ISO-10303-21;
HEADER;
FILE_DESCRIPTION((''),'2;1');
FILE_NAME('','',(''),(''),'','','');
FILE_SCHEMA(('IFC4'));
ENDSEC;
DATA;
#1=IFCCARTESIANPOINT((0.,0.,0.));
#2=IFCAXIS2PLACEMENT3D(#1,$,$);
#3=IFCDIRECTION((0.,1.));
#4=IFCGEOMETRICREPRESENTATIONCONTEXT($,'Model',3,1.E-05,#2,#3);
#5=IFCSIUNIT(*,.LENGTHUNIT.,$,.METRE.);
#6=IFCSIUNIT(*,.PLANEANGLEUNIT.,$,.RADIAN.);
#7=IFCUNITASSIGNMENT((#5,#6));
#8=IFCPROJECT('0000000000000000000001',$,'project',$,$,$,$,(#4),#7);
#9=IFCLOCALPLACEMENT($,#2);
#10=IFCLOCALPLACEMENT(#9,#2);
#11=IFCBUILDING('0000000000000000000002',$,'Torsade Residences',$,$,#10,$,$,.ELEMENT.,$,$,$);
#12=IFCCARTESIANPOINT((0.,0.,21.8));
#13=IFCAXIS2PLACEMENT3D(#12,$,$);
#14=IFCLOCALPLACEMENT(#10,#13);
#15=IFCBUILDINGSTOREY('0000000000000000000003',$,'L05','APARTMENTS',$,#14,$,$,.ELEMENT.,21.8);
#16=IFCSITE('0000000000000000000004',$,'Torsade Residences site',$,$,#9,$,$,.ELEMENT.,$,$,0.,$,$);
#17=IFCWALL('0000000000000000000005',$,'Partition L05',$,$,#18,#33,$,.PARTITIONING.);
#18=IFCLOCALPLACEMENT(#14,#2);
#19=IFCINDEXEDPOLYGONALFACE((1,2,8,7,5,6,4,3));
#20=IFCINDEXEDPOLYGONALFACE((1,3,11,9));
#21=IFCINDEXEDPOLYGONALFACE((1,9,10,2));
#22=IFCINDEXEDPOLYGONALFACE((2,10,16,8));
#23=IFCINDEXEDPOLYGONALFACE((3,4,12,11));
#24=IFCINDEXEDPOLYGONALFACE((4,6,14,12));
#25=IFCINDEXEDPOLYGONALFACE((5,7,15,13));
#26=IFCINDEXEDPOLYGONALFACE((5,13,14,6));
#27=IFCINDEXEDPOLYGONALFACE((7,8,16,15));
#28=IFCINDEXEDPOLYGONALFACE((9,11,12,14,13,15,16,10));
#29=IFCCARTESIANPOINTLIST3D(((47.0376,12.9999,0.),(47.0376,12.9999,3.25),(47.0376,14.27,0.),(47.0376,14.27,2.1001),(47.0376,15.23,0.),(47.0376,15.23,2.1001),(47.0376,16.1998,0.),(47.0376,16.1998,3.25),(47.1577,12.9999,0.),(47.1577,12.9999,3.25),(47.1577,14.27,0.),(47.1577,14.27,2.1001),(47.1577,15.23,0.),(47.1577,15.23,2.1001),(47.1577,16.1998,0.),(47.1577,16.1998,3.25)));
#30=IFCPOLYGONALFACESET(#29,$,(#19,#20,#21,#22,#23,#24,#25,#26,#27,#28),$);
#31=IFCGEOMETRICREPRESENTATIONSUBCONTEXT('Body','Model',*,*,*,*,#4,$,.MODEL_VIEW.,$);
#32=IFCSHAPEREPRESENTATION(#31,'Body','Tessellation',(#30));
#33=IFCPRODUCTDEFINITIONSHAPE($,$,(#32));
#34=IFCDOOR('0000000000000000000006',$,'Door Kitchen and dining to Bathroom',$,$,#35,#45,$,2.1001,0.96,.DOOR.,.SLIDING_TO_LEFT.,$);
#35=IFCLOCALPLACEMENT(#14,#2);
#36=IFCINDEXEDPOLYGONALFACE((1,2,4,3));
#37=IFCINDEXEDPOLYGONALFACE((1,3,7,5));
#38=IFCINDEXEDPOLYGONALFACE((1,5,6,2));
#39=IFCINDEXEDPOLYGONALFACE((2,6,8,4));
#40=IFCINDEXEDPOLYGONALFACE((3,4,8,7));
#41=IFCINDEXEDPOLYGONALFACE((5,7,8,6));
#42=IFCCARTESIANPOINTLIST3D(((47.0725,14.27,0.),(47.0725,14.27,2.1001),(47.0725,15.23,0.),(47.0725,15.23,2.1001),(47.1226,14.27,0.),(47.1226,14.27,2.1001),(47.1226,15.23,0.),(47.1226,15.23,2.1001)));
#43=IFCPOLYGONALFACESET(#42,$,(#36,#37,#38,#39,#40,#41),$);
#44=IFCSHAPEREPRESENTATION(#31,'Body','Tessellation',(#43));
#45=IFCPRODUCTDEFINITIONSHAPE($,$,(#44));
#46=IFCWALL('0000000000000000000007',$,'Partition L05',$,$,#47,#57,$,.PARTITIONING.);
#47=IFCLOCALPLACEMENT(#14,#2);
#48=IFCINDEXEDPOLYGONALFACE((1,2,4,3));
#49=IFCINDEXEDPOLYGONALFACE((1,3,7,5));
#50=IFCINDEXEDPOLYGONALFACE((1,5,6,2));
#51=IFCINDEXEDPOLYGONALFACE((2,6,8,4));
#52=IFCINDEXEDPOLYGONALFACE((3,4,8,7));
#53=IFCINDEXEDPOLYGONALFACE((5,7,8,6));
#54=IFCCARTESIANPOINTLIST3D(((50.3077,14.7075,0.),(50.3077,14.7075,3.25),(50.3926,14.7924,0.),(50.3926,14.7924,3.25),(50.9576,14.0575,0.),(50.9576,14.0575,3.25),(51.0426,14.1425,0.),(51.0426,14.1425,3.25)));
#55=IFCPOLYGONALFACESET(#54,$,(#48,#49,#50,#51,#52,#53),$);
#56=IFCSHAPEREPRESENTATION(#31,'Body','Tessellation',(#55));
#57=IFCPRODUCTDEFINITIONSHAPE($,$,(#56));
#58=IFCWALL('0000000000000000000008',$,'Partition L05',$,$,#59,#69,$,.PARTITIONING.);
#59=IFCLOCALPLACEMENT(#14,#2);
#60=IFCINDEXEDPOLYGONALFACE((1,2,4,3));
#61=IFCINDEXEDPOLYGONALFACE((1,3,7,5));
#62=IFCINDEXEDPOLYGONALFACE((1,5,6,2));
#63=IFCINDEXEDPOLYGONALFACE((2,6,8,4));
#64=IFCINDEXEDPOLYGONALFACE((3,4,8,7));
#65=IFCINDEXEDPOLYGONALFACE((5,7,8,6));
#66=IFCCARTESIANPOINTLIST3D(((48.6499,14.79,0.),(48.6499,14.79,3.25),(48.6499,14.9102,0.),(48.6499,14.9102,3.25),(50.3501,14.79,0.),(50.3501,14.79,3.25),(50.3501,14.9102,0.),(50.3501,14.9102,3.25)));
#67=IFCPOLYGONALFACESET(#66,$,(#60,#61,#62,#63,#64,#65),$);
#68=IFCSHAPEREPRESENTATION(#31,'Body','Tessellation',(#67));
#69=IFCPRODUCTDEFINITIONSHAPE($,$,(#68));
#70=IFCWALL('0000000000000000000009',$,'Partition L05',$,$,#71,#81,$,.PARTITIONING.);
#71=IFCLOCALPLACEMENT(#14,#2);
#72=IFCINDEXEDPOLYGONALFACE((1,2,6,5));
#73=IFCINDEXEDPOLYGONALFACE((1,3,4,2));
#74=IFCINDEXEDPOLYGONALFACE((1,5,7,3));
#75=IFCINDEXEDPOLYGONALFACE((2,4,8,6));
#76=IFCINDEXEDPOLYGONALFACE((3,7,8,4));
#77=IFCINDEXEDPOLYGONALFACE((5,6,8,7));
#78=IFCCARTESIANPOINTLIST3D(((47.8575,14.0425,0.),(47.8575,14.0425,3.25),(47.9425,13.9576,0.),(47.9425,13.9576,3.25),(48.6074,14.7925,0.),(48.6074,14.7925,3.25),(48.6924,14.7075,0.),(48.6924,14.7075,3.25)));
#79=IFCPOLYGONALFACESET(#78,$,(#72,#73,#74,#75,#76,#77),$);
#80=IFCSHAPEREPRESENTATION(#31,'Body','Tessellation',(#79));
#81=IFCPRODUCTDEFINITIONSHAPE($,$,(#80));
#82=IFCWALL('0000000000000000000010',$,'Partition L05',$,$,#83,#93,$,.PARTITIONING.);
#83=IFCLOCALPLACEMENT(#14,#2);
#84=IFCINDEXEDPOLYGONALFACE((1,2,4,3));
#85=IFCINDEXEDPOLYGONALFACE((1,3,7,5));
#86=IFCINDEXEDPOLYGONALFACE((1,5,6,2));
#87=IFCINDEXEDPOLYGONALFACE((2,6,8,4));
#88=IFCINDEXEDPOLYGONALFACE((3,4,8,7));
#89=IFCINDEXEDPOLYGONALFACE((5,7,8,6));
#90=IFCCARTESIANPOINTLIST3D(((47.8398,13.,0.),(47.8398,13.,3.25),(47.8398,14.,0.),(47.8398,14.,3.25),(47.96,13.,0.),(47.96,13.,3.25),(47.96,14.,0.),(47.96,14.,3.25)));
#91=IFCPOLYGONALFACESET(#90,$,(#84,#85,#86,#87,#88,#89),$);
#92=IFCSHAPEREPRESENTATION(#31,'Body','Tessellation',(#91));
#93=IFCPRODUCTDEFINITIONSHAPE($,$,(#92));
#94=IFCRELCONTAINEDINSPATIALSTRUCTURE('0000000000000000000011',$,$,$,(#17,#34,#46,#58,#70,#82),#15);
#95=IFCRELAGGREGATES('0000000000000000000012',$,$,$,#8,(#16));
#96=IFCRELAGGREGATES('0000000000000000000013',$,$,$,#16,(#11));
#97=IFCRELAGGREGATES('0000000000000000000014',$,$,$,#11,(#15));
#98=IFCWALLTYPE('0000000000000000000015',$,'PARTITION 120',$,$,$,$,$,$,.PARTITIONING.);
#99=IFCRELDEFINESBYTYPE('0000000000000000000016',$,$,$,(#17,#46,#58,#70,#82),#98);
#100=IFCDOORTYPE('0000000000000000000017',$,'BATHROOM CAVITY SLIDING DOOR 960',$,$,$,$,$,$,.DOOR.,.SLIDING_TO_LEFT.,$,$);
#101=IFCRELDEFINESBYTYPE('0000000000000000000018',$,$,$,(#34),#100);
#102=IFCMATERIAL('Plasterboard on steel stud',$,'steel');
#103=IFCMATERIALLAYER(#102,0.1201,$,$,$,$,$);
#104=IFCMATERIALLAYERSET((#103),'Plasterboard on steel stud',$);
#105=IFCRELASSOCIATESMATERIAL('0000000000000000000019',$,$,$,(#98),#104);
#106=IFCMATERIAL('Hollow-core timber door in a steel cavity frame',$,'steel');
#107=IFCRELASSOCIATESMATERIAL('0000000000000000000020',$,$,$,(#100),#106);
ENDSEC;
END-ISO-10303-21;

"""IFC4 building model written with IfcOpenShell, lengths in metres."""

from ifc_helpers import new_model, si_unit, direction, frame, frame_2d, origin, place, context, subcontext, project, spatial, rectangle, extrude, material, layer, layer_set, type_object, element, fill, save


model = new_model("IFC4")

# Units and contexts
model_context = context("Model", 3, precision=1e-05, world=origin(), true_north=direction((0.0, 1.0)))
body_context = subcontext(model_context, "Body", "Model", "MODEL_VIEW")
ifc_project = project(units=[si_unit("LENGTHUNIT", "METRE"), si_unit("PLANEANGLEUNIT", "RADIAN")], contexts=[model_context])

# Site, building, storey
site_placement = place(None, origin())
site = spatial("IfcSite", under=ifc_project, at=site_placement, Name="Torsade Residences site", CompositionType="ELEMENT", RefElevation=0.0)
building_placement = place(site_placement, origin())
building = spatial("IfcBuilding", under=site, at=building_placement, Name="Torsade Residences", CompositionType="ELEMENT")
storey_placement = place(building_placement, frame((0.0, 0.0, 21.8)))
storey = spatial("IfcBuildingStorey", under=building, at=storey_placement, Name="L05", Description="APARTMENTS", CompositionType="ELEMENT", Elevation=21.8)

# Wall, opening, door
ifc_material_1 = material(Name="Plasterboard on steel stud", Category="steel")
ifc_layer_1 = layer(ifc_material_1, 0.1201)
ifc_layer_set_1 = layer_set([ifc_layer_1], Name="Plasterboard on steel stud")
wall_type_1 = type_object("IfcWallType", Name="PARTITION 120", PredefinedType="PARTITIONING", material=ifc_layer_set_1)
wall_1_placement = place(storey_placement, frame((47.0977, 16.2, 0.0), z_axis=(0.0, 0.0, 1.0), x_axis=(0.0, -1.0, 0.0)))
wall_1 = element("IfcWall", 1, at=wall_1_placement, inside=storey, type_object=wall_type_1, Name="Partition L05", PredefinedType="PARTITIONING", context=body_context, shape_type="SweptSolid", body=[
    extrude(rectangle(XDim=3.2, YDim=0.1201, at=frame_2d((1.6001, 0.0))), origin(), (0.0, 0.0, 1.0), 3.25),
])
opening_1_placement = place(wall_1_placement, frame((0.97, 0.0, 0.0)))
opening_1 = element("IfcOpeningElement", 2, at=opening_1_placement, cuts=wall_1, PredefinedType="OPENING", context=body_context, shape_type="SweptSolid", body=[
    extrude(rectangle(XDim=0.96, YDim=2.1001, at=frame_2d((0.48, 1.05))), frame((0.0, 0.0701, 0.0), z_axis=(0.0, -1.0, 0.0), x_axis=(1.0, 0.0, 0.0)), (0.0, 0.0, 1.0), 0.1401),
])
ifc_material_2 = material(Name="Hollow-core timber door in a steel cavity frame", Category="steel")
door_type_1 = type_object("IfcDoorType", Name="BATHROOM CAVITY SLIDING DOOR 960", OperationType="SLIDING_TO_LEFT", PredefinedType="DOOR", material=ifc_material_2)
door_1_placement = place(opening_1_placement, origin())
door_1 = element("IfcDoor", 3, at=door_1_placement, inside=storey, type_object=door_type_1, Name="Door Kitchen and dining to Bathroom", OperationType="SLIDING_TO_LEFT", OverallHeight=2.1001, OverallWidth=0.96, PredefinedType="DOOR", context=body_context, shape_type="SweptSolid", body=[
    extrude(rectangle(XDim=0.96, YDim=2.1001, at=frame_2d((0.48, 1.05))), frame((0.0, 0.0249, 0.0), z_axis=(0.0, -1.0, 0.0), x_axis=(1.0, 0.0, 0.0)), (0.0, 0.0, 1.0), 0.05),
])
fill(opening_1, door_1)

# Walls
wall_2_placement = place(storey_placement, frame((51.0, 14.1001, 0.0), z_axis=(0.0, 0.0, 1.0), x_axis=(-0.707107, 0.707107, 0.0)))
element("IfcWall", 4, at=wall_2_placement, inside=storey, type_object=wall_type_1, Name="Partition L05", PredefinedType="PARTITIONING", context=body_context, shape_type="SweptSolid", body=[
    extrude(rectangle(XDim=0.9192, YDim=0.1201, at=frame_2d((0.4595, 0.0))), origin(), (0.0, 0.0, 1.0), 3.25),
])
wall_3_placement = place(storey_placement, frame((50.3501, 14.8501, 0.0), z_axis=(0.0, 0.0, 1.0), x_axis=(-1.0, 0.0, 0.0)))
element("IfcWall", 5, at=wall_3_placement, inside=storey, type_object=wall_type_1, Name="Partition L05", PredefinedType="PARTITIONING", context=body_context, shape_type="SweptSolid", body=[
    extrude(rectangle(XDim=1.7002, YDim=0.1201, at=frame_2d((0.8501, 0.0))), origin(), (0.0, 0.0, 1.0), 3.25),
])
wall_4_placement = place(storey_placement, frame((48.6499, 14.75, 0.0), z_axis=(0.0, 0.0, 1.0), x_axis=(-0.707107, -0.707107, 0.0)))
element("IfcWall", 6, at=wall_4_placement, inside=storey, type_object=wall_type_1, Name="Partition L05", PredefinedType="PARTITIONING", context=body_context, shape_type="SweptSolid", body=[
    extrude(rectangle(XDim=1.0605, YDim=0.1201, at=frame_2d((0.5303, 0.0))), origin(), (0.0, 0.0, 1.0), 3.25),
])
wall_5_placement = place(storey_placement, frame((47.8999, 14.0, 0.0), z_axis=(0.0, 0.0, 1.0), x_axis=(0.0, -1.0, 0.0)))
element("IfcWall", 7, at=wall_5_placement, inside=storey, type_object=wall_type_1, Name="Partition L05", PredefinedType="PARTITIONING", context=body_context, shape_type="SweptSolid", body=[
    extrude(rectangle(XDim=1.0, YDim=0.1201, at=frame_2d((0.5, 0.0))), origin(), (0.0, 0.0, 1.0), 3.25),
])

save(model, "model.ifc")
